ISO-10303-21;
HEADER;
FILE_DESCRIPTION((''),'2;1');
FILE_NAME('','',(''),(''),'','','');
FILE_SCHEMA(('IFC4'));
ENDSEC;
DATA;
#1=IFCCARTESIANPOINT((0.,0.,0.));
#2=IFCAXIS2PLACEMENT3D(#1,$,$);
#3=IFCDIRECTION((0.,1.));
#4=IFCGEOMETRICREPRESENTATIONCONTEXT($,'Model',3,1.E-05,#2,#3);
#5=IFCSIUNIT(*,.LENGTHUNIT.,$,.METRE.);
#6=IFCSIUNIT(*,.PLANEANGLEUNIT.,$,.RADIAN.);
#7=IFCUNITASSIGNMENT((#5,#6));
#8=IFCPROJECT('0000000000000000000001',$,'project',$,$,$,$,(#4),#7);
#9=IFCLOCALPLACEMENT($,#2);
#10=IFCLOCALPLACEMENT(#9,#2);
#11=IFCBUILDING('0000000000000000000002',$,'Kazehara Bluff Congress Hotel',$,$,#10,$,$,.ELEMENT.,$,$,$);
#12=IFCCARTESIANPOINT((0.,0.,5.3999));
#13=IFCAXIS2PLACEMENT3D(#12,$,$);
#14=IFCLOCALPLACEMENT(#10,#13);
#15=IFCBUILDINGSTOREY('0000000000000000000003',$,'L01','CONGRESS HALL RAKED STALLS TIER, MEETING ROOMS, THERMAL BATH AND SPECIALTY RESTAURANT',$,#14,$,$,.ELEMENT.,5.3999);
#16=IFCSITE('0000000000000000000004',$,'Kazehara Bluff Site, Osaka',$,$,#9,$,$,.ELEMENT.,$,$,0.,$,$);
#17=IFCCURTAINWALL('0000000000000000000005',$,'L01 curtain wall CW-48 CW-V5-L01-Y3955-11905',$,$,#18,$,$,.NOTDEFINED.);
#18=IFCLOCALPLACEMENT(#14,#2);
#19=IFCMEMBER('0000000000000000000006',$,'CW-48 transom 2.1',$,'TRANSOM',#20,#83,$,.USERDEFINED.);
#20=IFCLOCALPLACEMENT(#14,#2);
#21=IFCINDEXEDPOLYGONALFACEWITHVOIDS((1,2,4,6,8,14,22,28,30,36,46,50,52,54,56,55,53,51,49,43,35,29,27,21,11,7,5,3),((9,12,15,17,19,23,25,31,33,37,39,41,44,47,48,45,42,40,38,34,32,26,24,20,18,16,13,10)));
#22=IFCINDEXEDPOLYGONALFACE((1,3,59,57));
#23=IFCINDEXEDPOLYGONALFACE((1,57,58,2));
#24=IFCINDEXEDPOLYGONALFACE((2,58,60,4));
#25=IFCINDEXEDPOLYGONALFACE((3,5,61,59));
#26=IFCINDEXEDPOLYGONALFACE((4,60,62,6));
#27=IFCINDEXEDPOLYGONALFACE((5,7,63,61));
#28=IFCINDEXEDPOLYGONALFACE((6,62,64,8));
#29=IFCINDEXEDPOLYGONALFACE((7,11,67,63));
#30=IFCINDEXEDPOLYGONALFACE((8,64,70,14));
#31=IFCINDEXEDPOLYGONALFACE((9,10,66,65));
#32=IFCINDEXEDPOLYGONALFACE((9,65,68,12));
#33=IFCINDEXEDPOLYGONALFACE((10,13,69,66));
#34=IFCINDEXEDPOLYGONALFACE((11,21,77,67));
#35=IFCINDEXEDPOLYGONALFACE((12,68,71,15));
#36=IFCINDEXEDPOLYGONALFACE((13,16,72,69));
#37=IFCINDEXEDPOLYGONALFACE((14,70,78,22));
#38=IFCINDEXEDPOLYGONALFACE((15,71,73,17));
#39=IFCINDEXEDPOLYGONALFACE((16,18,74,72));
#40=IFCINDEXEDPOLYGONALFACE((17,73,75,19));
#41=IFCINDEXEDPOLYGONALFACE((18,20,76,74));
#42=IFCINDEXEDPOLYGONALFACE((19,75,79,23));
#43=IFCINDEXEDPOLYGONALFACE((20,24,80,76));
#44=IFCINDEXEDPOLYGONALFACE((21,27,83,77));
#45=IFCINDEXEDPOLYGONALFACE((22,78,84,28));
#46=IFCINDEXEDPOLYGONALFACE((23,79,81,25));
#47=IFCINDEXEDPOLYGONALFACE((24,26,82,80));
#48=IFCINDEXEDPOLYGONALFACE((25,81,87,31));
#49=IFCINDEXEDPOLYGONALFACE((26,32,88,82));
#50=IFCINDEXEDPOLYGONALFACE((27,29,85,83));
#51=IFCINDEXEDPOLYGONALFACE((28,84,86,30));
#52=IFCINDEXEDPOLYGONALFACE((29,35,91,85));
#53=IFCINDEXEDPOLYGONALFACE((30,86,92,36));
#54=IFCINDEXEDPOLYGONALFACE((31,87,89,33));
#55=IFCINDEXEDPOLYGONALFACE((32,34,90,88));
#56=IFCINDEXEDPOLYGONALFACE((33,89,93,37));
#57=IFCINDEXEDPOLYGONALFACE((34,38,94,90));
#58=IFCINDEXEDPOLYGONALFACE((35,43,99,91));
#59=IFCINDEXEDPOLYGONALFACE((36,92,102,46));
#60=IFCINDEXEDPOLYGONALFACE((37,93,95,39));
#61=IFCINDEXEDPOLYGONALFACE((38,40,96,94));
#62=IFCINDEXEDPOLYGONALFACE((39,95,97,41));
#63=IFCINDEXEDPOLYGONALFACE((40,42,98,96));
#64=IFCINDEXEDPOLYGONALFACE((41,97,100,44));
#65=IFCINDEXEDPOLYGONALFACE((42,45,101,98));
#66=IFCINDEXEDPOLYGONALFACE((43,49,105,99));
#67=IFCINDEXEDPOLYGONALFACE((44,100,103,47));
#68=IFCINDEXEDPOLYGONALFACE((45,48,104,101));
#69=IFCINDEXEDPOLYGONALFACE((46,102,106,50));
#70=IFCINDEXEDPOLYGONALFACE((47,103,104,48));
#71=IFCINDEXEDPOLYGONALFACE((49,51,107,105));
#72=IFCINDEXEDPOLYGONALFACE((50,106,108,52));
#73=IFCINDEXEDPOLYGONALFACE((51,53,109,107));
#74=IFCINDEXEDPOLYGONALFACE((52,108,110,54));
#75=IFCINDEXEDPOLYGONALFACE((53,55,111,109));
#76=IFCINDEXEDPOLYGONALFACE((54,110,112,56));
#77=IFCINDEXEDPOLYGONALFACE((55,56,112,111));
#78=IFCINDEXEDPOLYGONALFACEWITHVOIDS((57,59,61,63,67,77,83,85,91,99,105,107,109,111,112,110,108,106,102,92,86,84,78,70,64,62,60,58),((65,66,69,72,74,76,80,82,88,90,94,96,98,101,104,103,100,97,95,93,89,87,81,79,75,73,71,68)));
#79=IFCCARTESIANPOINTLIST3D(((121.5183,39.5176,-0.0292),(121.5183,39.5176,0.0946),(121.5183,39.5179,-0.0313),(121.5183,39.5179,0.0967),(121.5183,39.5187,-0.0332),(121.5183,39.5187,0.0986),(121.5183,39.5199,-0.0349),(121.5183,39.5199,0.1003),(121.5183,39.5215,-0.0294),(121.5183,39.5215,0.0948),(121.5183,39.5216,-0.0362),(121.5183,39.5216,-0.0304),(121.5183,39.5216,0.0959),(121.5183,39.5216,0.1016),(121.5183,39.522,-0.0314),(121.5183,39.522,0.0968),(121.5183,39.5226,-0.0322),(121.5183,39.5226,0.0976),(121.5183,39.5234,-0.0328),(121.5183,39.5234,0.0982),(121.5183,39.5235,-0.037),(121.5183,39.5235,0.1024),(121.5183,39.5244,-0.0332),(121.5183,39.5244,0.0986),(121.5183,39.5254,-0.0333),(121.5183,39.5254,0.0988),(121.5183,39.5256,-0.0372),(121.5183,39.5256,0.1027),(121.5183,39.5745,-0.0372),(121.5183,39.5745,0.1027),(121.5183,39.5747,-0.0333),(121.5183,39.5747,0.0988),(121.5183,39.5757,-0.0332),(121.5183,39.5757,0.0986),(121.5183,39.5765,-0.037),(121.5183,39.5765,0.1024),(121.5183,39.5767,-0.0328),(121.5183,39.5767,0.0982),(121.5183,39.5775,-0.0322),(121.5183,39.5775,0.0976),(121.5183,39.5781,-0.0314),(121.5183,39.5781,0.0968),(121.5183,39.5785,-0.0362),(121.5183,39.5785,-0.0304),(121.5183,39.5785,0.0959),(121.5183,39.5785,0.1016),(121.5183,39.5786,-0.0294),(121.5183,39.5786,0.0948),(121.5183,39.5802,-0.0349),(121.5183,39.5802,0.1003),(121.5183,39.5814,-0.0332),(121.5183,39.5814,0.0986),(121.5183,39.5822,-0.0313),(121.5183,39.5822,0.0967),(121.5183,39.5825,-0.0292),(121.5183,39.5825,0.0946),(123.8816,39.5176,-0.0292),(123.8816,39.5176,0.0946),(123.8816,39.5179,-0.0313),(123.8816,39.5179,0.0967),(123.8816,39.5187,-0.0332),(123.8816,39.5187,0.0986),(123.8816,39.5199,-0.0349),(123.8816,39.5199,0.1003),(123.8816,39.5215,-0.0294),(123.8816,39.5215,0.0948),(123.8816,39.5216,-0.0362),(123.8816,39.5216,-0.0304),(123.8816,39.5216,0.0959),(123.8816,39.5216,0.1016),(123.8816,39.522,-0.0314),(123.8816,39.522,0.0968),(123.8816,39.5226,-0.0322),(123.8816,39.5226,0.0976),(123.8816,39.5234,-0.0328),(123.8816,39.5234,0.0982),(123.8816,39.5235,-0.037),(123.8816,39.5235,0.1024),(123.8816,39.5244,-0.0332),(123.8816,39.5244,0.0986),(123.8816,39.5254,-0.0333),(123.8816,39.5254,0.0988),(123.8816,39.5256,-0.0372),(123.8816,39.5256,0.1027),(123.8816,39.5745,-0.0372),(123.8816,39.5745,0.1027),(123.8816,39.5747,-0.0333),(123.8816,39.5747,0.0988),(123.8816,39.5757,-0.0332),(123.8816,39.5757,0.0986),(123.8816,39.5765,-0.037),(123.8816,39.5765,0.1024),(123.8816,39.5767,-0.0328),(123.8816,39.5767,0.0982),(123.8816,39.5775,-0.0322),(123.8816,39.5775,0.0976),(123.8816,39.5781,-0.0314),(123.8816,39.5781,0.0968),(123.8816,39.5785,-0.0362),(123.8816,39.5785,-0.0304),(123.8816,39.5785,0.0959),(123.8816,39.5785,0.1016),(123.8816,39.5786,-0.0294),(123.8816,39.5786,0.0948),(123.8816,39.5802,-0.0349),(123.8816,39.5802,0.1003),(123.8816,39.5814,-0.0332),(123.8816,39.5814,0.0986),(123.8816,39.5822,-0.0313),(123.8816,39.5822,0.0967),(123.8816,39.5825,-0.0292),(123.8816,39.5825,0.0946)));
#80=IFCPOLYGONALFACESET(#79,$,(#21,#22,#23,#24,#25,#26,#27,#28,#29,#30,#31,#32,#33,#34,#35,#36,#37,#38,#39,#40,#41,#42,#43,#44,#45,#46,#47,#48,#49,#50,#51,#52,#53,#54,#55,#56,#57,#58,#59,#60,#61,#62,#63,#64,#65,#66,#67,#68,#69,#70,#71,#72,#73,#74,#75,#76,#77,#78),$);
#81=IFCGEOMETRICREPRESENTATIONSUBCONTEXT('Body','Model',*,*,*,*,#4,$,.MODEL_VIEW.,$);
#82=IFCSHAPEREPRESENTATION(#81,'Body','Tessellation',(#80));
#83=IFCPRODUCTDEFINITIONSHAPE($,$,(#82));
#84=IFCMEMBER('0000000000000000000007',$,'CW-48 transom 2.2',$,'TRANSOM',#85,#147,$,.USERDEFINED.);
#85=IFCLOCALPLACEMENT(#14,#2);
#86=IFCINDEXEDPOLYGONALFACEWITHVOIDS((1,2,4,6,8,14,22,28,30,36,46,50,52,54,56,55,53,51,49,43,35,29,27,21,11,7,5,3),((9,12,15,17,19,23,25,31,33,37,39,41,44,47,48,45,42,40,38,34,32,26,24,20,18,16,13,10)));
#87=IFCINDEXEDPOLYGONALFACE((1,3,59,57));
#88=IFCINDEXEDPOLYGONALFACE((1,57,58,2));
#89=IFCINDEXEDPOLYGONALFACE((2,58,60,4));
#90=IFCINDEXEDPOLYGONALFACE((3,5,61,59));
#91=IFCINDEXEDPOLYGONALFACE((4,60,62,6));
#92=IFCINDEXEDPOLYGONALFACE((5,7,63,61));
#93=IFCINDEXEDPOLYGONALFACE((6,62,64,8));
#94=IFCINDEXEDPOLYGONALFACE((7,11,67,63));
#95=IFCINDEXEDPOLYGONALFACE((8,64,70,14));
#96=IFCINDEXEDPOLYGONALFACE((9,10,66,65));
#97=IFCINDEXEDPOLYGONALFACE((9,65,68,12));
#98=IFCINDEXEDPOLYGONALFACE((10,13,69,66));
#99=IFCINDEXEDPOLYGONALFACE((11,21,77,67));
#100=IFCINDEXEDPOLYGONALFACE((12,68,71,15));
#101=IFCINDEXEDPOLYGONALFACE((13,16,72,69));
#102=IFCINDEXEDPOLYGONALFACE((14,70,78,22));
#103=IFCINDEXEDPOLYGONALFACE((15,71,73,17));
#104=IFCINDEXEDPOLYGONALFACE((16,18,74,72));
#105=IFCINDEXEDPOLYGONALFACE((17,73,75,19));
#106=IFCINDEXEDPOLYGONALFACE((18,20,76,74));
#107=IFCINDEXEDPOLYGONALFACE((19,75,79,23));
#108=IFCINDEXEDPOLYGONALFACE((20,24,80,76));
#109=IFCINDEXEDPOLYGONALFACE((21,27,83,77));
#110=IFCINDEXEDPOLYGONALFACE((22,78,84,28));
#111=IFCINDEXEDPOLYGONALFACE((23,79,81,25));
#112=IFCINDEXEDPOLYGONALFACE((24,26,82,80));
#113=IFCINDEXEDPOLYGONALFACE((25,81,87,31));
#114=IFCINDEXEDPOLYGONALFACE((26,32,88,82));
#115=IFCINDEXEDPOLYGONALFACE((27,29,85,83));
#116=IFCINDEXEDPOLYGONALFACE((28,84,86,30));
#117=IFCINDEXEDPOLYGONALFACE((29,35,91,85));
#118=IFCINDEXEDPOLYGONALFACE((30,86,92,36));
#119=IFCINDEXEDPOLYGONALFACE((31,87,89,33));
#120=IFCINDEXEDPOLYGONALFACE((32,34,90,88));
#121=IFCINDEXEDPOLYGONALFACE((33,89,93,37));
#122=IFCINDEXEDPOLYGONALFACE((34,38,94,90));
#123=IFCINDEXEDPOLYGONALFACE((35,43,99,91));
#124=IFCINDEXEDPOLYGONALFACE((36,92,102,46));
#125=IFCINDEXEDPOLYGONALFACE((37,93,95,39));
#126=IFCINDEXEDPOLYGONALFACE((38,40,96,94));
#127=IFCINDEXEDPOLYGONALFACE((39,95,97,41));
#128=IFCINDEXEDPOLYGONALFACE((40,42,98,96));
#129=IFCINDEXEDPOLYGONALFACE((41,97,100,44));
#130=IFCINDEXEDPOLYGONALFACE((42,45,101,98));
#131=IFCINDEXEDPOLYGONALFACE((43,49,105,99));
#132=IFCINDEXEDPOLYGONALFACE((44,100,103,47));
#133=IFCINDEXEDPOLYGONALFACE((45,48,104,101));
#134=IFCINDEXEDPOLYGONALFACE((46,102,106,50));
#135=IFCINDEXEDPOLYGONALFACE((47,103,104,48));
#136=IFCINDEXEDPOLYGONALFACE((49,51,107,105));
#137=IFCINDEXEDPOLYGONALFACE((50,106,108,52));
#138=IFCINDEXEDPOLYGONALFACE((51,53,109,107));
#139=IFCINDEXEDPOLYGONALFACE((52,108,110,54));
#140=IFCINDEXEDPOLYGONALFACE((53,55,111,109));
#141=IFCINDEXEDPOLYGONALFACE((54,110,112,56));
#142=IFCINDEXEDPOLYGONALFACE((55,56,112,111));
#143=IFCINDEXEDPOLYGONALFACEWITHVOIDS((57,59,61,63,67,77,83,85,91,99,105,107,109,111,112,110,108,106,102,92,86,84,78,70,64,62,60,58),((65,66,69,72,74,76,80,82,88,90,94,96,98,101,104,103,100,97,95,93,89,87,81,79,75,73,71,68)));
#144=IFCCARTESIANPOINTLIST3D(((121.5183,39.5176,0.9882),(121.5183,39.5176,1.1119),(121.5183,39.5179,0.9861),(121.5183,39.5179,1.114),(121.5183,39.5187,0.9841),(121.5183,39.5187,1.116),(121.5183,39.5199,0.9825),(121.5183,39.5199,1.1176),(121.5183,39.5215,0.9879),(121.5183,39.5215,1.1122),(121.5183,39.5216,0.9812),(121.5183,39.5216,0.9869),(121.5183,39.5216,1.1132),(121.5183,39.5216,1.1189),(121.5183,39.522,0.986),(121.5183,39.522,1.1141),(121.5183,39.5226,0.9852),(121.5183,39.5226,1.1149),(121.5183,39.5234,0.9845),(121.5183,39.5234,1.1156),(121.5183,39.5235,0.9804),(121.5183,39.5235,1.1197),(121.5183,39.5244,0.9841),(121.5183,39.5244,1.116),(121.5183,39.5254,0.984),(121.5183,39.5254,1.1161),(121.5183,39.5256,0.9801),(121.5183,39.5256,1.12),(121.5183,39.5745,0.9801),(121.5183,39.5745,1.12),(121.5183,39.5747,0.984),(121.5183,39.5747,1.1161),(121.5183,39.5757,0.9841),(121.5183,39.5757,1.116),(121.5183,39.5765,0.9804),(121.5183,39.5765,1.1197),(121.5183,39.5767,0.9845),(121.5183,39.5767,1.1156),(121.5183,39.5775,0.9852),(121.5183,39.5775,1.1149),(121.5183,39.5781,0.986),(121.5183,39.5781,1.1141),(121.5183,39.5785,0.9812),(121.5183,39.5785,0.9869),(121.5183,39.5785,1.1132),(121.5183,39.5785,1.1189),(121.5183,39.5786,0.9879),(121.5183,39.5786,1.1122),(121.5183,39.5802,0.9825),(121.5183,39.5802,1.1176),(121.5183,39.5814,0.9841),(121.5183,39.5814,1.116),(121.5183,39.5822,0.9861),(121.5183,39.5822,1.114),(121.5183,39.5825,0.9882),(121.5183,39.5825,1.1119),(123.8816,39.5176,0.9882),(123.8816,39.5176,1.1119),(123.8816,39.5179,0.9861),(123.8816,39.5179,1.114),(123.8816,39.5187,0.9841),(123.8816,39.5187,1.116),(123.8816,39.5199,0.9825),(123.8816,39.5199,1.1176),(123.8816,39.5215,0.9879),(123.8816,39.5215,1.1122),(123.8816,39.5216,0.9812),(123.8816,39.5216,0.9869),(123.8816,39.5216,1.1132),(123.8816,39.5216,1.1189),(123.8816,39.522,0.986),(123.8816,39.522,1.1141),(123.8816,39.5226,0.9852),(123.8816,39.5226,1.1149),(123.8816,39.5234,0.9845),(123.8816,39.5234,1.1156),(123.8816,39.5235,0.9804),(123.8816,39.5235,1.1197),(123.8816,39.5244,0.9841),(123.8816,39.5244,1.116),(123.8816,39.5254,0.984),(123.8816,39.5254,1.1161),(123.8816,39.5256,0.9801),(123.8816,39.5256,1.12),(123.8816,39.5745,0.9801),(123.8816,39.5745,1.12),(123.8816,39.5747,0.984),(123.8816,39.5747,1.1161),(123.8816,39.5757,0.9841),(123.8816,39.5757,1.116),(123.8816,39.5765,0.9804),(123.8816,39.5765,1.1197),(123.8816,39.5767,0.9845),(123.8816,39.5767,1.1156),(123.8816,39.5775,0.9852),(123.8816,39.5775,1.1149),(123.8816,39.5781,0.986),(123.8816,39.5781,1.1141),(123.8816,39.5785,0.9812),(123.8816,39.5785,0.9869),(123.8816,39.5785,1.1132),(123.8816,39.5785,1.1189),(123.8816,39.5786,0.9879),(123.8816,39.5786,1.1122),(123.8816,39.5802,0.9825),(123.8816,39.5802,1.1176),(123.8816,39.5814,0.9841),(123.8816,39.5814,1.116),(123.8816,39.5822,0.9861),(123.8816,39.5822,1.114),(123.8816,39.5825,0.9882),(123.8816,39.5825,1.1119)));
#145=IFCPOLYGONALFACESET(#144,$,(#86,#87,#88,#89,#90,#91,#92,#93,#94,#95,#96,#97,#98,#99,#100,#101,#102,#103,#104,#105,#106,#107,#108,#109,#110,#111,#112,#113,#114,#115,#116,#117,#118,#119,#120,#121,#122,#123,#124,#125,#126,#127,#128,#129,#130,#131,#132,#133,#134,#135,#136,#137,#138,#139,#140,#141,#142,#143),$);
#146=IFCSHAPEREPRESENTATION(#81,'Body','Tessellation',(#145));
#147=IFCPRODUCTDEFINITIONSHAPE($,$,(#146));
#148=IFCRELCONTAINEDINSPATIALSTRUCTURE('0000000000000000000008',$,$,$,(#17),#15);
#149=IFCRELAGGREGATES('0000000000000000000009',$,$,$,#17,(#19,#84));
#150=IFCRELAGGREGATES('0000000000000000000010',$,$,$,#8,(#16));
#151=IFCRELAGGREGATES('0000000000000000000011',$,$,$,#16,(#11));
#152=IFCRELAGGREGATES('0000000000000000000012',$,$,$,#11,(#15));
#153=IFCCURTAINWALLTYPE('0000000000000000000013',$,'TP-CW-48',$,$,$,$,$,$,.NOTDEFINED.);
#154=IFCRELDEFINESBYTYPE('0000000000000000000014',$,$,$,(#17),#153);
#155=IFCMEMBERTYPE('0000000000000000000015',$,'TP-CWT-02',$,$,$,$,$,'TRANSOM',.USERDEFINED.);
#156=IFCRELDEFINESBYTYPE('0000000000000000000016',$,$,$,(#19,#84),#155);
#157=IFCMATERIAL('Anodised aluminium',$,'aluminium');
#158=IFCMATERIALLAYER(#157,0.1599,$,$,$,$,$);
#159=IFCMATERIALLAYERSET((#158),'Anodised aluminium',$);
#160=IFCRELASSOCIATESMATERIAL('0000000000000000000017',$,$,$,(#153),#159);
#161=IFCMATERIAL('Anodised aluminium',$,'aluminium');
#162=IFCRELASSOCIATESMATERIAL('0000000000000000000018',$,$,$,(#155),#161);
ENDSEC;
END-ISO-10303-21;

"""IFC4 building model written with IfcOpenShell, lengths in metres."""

from ifc_helpers import new_model, si_unit, direction, frame, origin, origin_2d, place, context, subcontext, project, spatial, hollow_rectangle, extrude, material, layer, layer_set, material_profile, profile_set, type_object, element, aggregate, save


model = new_model("IFC4")

# Units and contexts
model_context = context("Model", 3, precision=1e-05, world=origin(), true_north=direction((0.0, 1.0)))
body_context = subcontext(model_context, "Body", "Model", "MODEL_VIEW")
ifc_project = project(units=[si_unit("LENGTHUNIT", "METRE"), si_unit("PLANEANGLEUNIT", "RADIAN")], contexts=[model_context])

# Site, building, storey
site_placement = place(None, origin())
site = spatial("IfcSite", under=ifc_project, at=site_placement, Name="Kazehara Bluff Site, Osaka", CompositionType="ELEMENT", RefElevation=0.0)
building_placement = place(site_placement, origin())
building = spatial("IfcBuilding", under=site, at=building_placement, Name="Kazehara Bluff Congress Hotel", CompositionType="ELEMENT")
storey_placement = place(building_placement, frame((0.0, 0.0, 5.3999)))
storey = spatial("IfcBuildingStorey", under=building, at=storey_placement, Name="L01", Description="CONGRESS HALL RAKED STALLS TIER, MEETING ROOMS, THERMAL BATH AND SPECIALTY RESTAURANT", CompositionType="ELEMENT", Elevation=5.3999)

# Curtain wall, members
ifc_material_1 = material(Name="Anodised aluminium", Category="aluminium")
ifc_layer_1 = layer(ifc_material_1, 0.1599)
ifc_layer_set_1 = layer_set([ifc_layer_1], Name="Anodised aluminium")
curtain_wall_type_1 = type_object("IfcCurtainWallType", Name="TP-CW-48", PredefinedType="NOTDEFINED", material=ifc_layer_set_1)
curtain_wall_1_placement = place(storey_placement, origin())
curtain_wall_1 = element("IfcCurtainWall", 1, at=curtain_wall_1_placement, inside=storey, type_object=curtain_wall_type_1, Name="L01 curtain wall CW-48 CW-V5-L01-Y3955-11905", PredefinedType="NOTDEFINED")
ifc_material_2 = material(Name="Anodised aluminium", Category="aluminium")
ifc_material_profile_1 = material_profile(ifc_material_2, hollow_rectangle(XDim=0.0649, YDim=0.1399, WallThickness=0.0039, InnerFilletRadius=0.0039, OuterFilletRadius=0.0081, at=origin_2d()))
ifc_profile_set_1 = profile_set([ifc_material_profile_1], Name="Anodised aluminium")
member_type_1 = type_object("IfcMemberType", Name="TP-CWT-02", ElementType="TRANSOM", PredefinedType="USERDEFINED", material=ifc_profile_set_1)
member_1_placement = place(storey_placement, frame((121.5183, 39.55, 0.0327), z_axis=(1.0, 0.0, 0.0), x_axis=(0.0, 1.0, 0.0)))
member_1 = element("IfcMember", 2, at=member_1_placement, type_object=member_type_1, Name="CW-48 transom 2.1", ObjectType="TRANSOM", PredefinedType="USERDEFINED", context=body_context, shape_type="SweptSolid", body=[
    extrude(hollow_rectangle(XDim=0.0649, YDim=0.1399, WallThickness=0.0039, InnerFilletRadius=0.0039, OuterFilletRadius=0.0081, at=origin_2d()), origin(), (0.0, 0.0, 1.0), 2.3633),
])
member_2_placement = place(storey_placement, frame((121.5183, 39.55, 1.05), z_axis=(1.0, 0.0, 0.0), x_axis=(0.0, 1.0, 0.0)))
member_2 = element("IfcMember", 3, at=member_2_placement, type_object=member_type_1, Name="CW-48 transom 2.2", ObjectType="TRANSOM", PredefinedType="USERDEFINED", context=body_context, shape_type="SweptSolid", body=[
    extrude(hollow_rectangle(XDim=0.0649, YDim=0.1399, WallThickness=0.0039, InnerFilletRadius=0.0039, OuterFilletRadius=0.0081, at=origin_2d()), origin(), (0.0, 0.0, 1.0), 2.3633),
])

aggregate(curtain_wall_1, [member_1, member_2])

save(model, "model.ifc")
